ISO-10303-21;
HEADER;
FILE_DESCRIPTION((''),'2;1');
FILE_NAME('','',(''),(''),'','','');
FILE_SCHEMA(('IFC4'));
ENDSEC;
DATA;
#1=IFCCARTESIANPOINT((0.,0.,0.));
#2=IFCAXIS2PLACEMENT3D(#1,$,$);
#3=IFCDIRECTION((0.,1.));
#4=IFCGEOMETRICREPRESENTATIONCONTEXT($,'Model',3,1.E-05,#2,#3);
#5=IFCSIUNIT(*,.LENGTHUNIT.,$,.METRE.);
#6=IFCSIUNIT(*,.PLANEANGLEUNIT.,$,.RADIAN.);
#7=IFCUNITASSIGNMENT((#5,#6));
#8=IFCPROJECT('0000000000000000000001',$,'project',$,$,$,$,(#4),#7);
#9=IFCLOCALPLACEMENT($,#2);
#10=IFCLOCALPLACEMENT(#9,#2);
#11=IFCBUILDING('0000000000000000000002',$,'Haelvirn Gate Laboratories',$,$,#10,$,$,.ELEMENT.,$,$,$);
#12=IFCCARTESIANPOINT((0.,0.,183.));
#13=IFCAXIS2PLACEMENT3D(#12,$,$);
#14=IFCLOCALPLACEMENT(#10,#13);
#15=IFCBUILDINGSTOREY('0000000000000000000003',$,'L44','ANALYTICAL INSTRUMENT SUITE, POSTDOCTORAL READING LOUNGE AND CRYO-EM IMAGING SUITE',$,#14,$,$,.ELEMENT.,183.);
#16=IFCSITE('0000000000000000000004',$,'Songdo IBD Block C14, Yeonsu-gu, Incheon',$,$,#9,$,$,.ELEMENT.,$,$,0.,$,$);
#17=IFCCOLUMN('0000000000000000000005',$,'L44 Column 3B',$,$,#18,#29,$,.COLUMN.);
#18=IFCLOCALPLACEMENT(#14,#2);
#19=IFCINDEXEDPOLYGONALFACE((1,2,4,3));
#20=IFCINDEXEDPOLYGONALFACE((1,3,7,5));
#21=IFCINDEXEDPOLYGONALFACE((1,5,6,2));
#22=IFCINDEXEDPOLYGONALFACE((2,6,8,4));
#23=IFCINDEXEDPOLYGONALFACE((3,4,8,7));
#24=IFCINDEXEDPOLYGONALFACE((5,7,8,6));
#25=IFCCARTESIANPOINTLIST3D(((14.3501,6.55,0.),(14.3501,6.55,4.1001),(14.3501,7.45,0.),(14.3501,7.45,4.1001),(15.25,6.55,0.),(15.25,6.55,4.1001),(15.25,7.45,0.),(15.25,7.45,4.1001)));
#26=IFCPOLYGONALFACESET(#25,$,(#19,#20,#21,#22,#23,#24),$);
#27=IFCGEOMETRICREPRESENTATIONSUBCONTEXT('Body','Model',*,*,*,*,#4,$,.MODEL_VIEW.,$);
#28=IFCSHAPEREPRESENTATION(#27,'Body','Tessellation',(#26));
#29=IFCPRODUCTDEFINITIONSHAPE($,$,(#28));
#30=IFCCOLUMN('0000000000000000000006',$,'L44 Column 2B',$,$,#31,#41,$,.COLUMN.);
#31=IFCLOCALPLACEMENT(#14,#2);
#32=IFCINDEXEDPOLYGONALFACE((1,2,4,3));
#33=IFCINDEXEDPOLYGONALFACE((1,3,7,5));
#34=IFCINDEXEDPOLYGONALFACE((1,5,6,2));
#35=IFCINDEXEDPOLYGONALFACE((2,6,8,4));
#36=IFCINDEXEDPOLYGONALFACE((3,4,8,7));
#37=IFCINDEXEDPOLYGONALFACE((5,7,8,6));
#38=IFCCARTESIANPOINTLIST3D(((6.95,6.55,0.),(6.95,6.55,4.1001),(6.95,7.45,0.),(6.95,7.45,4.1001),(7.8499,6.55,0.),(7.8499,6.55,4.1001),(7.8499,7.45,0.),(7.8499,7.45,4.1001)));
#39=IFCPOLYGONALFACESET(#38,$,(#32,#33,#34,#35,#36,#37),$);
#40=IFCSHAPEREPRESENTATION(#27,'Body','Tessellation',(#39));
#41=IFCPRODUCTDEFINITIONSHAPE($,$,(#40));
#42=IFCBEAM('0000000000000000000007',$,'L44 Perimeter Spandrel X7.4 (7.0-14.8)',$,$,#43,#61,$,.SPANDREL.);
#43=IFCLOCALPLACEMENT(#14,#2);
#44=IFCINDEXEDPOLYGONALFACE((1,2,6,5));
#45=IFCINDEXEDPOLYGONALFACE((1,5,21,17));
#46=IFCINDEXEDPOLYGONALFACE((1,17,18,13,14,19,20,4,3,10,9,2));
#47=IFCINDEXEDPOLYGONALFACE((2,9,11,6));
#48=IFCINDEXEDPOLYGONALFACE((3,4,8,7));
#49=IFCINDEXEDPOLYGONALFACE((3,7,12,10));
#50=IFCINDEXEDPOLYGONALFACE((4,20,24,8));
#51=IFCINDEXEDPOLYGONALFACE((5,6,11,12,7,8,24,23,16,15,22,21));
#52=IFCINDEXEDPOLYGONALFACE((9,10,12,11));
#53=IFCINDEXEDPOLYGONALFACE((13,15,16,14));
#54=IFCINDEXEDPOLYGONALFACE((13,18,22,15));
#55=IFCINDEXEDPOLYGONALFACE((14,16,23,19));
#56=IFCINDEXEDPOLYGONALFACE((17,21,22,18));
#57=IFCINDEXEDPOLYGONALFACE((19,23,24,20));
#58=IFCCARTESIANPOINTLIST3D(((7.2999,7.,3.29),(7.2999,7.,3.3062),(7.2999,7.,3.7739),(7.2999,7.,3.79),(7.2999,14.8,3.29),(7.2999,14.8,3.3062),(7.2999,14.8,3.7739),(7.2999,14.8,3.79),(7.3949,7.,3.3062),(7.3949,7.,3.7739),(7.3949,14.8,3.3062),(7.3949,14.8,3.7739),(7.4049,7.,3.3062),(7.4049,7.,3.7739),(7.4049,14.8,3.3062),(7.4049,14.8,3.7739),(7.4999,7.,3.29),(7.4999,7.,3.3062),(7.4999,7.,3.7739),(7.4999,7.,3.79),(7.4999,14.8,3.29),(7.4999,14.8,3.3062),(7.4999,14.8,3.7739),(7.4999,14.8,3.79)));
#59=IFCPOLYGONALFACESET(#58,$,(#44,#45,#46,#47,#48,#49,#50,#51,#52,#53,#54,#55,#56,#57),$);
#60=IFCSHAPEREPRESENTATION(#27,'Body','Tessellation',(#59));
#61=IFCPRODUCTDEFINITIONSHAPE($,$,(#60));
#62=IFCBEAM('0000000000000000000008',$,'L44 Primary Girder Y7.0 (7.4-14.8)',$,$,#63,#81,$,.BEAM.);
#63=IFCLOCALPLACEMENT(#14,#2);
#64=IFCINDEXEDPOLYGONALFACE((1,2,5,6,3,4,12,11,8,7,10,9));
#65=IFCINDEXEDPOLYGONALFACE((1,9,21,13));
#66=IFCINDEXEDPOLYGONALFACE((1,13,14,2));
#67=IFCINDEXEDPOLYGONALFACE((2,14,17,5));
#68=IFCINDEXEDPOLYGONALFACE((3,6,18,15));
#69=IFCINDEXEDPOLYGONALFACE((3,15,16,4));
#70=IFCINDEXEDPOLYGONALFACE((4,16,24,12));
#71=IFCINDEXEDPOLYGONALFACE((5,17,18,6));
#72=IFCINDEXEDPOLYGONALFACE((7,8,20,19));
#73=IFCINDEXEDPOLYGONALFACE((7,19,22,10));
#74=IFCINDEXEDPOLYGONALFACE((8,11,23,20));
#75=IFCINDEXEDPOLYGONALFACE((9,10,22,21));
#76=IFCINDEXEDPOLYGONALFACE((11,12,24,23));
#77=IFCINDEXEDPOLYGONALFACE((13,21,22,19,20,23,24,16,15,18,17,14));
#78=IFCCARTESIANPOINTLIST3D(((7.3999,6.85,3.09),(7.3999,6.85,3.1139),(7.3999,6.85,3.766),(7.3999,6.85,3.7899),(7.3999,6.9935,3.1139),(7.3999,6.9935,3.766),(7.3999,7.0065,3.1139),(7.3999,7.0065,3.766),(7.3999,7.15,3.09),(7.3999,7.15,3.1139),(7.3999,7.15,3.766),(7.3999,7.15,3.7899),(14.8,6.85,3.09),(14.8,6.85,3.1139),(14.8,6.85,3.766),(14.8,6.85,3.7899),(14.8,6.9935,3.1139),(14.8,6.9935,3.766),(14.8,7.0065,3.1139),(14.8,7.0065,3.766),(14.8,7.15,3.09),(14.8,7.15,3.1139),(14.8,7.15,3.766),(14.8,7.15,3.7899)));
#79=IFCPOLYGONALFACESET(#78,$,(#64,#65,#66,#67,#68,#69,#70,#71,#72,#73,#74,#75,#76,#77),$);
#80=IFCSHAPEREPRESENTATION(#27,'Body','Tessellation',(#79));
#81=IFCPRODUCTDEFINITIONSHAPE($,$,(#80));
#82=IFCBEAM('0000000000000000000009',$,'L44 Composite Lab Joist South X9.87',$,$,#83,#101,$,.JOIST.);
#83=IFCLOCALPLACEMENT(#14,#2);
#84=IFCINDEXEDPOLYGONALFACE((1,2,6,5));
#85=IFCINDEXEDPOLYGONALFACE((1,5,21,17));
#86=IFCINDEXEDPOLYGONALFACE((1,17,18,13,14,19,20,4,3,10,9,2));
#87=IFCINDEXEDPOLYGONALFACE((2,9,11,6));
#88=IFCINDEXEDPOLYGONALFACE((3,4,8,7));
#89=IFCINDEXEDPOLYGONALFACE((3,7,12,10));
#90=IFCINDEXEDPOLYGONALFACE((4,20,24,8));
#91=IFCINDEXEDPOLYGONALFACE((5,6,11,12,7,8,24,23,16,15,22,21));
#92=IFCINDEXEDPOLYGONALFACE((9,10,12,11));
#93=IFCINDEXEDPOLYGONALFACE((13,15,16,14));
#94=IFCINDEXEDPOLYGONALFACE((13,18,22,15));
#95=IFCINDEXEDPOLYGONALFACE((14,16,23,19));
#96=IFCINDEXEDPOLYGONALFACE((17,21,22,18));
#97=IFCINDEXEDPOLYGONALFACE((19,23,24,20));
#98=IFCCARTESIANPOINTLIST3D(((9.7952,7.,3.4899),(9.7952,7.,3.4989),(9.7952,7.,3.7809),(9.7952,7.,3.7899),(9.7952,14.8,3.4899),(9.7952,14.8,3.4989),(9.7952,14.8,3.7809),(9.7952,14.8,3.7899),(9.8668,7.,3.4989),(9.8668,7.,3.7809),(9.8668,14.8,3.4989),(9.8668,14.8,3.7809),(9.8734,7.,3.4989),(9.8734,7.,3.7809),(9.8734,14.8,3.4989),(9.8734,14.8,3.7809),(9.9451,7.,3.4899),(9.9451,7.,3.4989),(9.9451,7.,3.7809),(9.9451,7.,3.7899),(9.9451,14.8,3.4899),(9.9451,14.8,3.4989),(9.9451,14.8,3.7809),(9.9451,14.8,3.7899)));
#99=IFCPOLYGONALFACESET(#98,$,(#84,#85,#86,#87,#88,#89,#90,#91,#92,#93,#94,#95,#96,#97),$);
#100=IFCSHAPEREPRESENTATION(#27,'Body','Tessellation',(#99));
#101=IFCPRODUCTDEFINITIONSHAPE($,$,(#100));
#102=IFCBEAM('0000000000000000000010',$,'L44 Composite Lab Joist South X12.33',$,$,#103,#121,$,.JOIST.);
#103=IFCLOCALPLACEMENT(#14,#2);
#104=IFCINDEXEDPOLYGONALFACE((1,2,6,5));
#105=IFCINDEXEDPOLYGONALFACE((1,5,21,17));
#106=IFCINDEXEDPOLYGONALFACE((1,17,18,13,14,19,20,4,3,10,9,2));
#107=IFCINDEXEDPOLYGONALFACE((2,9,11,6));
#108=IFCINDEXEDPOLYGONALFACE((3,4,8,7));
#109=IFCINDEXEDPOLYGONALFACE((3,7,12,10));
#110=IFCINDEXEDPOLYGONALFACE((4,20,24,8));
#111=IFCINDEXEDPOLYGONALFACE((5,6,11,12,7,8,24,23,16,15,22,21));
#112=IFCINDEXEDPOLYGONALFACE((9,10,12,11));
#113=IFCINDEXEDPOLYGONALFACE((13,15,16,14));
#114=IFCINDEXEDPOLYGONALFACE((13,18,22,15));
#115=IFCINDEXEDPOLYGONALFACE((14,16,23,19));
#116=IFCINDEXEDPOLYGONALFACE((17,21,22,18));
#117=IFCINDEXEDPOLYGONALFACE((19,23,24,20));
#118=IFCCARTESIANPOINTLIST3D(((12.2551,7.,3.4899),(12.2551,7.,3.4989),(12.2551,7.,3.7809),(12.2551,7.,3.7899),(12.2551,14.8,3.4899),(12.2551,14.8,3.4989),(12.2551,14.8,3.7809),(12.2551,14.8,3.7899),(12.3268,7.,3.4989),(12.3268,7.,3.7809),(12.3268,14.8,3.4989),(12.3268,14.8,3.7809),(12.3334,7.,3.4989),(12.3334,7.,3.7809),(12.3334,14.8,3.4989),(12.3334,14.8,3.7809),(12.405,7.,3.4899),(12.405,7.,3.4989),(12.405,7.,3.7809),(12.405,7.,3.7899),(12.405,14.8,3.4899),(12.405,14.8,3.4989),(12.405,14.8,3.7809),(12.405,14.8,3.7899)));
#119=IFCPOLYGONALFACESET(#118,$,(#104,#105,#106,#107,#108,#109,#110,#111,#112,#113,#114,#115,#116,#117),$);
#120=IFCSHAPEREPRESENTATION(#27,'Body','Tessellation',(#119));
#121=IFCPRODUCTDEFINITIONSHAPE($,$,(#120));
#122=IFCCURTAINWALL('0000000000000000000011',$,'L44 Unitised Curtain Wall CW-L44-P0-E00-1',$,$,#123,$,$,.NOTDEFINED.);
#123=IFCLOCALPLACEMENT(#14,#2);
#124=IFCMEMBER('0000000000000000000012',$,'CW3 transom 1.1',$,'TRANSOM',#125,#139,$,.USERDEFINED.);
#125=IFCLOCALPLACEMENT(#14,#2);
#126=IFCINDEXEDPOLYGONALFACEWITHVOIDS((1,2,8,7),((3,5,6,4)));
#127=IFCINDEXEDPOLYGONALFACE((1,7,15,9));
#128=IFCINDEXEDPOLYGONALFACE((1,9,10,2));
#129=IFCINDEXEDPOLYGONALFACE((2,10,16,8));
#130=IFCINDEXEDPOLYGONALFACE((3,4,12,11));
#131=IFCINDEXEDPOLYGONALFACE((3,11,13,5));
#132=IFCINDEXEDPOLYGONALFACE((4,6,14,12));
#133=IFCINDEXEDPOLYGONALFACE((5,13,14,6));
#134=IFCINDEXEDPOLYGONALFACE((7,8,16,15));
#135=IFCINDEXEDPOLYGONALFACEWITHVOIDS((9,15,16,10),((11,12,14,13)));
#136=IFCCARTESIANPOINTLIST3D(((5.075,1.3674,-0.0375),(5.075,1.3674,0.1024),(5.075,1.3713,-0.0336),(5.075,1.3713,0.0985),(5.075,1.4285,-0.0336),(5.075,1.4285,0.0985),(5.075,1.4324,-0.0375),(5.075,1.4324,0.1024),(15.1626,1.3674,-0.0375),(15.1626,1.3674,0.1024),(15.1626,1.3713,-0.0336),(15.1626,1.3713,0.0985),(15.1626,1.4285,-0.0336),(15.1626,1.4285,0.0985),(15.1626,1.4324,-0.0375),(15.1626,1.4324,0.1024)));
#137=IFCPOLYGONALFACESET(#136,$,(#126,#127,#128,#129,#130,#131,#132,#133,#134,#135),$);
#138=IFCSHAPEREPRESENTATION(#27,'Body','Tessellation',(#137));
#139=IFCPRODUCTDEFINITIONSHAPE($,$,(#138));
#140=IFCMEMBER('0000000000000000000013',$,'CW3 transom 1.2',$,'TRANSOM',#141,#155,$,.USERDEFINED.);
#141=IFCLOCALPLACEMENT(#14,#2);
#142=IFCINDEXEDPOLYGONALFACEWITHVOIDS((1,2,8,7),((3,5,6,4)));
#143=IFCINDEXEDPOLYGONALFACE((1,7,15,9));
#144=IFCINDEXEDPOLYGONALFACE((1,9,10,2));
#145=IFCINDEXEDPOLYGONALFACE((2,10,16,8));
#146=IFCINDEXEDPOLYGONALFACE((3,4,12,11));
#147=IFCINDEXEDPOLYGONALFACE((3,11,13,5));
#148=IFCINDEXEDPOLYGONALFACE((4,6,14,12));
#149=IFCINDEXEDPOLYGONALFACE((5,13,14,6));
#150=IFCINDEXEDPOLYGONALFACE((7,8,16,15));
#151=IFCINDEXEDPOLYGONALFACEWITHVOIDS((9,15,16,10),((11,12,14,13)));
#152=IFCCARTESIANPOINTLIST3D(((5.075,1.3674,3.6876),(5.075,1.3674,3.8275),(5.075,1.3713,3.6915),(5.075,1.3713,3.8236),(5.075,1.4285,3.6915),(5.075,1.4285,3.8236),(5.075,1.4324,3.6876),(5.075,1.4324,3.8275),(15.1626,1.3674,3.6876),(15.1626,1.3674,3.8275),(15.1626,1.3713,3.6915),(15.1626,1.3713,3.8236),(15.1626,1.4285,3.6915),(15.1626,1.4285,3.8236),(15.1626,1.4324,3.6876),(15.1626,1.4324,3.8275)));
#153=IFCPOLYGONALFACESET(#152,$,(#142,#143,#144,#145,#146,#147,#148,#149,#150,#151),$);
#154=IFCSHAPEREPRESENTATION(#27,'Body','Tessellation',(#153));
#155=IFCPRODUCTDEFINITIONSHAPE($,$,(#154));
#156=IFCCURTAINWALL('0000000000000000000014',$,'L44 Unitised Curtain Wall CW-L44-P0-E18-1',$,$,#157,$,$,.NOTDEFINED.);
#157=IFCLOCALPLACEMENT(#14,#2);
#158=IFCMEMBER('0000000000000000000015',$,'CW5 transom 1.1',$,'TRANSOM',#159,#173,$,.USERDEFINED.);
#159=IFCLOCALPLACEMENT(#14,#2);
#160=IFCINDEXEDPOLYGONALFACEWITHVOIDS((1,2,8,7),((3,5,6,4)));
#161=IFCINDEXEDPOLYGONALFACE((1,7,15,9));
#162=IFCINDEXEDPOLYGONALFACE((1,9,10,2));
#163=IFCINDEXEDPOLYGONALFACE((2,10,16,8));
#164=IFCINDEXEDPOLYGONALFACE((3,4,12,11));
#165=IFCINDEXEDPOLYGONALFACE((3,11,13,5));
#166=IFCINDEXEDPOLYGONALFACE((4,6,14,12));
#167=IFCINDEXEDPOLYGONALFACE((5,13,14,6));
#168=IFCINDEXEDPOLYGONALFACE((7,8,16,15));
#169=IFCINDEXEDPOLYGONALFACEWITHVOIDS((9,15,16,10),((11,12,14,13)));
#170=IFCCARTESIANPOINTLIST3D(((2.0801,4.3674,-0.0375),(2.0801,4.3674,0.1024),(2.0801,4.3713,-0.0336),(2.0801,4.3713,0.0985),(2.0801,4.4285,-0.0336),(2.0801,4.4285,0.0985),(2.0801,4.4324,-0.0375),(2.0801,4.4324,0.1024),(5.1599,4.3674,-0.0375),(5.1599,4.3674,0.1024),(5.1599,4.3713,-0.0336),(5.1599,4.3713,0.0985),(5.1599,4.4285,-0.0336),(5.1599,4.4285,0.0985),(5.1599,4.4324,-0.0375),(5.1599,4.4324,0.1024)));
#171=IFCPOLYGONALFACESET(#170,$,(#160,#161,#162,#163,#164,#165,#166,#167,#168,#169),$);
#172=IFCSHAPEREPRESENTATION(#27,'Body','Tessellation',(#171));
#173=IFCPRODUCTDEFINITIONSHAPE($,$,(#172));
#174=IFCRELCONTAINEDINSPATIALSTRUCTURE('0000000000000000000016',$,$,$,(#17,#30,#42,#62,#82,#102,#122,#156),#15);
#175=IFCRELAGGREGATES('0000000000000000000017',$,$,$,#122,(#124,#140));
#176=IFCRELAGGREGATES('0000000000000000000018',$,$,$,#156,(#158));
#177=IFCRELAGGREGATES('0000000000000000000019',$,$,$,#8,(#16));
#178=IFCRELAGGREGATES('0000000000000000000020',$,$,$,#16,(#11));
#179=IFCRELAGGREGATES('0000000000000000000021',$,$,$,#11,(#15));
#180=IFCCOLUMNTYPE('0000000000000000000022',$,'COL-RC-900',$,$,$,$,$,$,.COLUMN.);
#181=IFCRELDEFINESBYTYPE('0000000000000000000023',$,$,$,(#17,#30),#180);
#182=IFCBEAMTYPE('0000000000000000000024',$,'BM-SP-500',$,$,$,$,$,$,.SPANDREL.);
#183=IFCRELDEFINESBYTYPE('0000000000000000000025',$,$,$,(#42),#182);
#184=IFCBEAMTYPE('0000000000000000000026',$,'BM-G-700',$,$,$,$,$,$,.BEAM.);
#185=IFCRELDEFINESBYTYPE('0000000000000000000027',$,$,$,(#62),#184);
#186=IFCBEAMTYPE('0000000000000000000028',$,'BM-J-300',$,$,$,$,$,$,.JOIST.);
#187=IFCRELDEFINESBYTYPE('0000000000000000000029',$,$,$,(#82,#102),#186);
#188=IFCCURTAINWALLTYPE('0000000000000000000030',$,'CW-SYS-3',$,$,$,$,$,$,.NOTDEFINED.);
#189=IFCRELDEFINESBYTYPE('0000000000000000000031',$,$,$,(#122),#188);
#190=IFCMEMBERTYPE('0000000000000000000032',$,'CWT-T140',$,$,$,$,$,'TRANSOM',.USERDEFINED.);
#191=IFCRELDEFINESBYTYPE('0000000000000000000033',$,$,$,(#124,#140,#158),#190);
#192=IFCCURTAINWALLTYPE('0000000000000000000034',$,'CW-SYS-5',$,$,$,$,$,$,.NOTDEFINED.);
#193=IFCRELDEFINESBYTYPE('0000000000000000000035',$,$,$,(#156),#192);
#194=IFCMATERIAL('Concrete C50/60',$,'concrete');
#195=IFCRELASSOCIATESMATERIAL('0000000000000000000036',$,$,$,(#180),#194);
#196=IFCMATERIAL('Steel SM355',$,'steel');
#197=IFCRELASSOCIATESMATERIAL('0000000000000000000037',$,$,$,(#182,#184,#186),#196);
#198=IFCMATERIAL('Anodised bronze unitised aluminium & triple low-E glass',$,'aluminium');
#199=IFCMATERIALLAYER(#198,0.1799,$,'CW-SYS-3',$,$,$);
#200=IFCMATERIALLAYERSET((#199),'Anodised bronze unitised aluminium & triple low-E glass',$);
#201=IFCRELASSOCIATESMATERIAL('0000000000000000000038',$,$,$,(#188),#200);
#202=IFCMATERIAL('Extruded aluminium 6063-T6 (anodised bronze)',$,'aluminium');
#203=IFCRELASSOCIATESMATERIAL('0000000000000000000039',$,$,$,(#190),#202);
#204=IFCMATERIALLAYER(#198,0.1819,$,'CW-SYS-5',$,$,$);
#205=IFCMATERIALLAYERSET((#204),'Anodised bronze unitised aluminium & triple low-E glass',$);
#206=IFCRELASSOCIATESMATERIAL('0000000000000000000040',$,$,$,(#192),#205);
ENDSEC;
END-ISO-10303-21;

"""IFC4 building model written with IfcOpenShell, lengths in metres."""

from ifc_helpers import new_model, si_unit, direction, frame, origin, origin_2d, place, context, subcontext, project, spatial, rectangle, hollow_rectangle, i_section, extrude, source, transform, mapped, material, layer, layer_set, material_profile, profile_set, type_object, type_shapes, element, aggregate, save


model = new_model("IFC4")

# Units and contexts
model_context = context("Model", 3, precision=1e-05, world=origin(), true_north=direction((0.0, 1.0)))
body_context = subcontext(model_context, "Body", "Model", "MODEL_VIEW")
ifc_project = project(units=[si_unit("LENGTHUNIT", "METRE"), si_unit("PLANEANGLEUNIT", "RADIAN")], contexts=[model_context])

# Site, building, storey
site_placement = place(None, origin())
site = spatial("IfcSite", under=ifc_project, at=site_placement, Name="Songdo IBD Block C14, Yeonsu-gu, Incheon", CompositionType="ELEMENT", RefElevation=0.0)
building_placement = place(site_placement, origin())
building = spatial("IfcBuilding", under=site, at=building_placement, Name="Haelvirn Gate Laboratories", CompositionType="ELEMENT")
storey_placement = place(building_placement, frame((0.0, 0.0, 183.0)))
storey = spatial("IfcBuildingStorey", under=building, at=storey_placement, Name="L44", Description="ANALYTICAL INSTRUMENT SUITE, POSTDOCTORAL READING LOUNGE AND CRYO-EM IMAGING SUITE", CompositionType="ELEMENT", Elevation=183.0)

# Columns
ifc_material_1 = material(Name="Concrete C50/60", Category="concrete")
ifc_material_profile_1 = material_profile(ifc_material_1, rectangle(XDim=0.8999, YDim=0.8999, at=origin_2d()), Name="RC-900x900")
ifc_profile_set_1 = profile_set([ifc_material_profile_1], Name="Concrete C50/60")
column_type = type_object("IfcColumnType", Name="COL-RC-900", PredefinedType="COLUMN", material=ifc_profile_set_1)
shared_shape_1 = source(origin(), body_context, "Body", "SweptSolid", [
    extrude(rectangle(XDim=0.8999, YDim=0.8999, at=origin_2d()), origin(), (0.0, 0.0, 1.0), 4.1001),
])
type_shapes(column_type, [shared_shape_1])
for number, where, z_axis, x_axis, name in (
    (1, (14.8, 7.0, 0.0), (0.0, 0.0, 1.0), (1.0, 0.0, 0.0), "L44 Column 3B"),
    (2, (7.3999, 7.0, 0.0), (0.0, 0.0, 1.0), (1.0, 0.0, 0.0), "L44 Column 2B"),
):
    element("IfcColumn", number, at=place(storey_placement, frame(where, z_axis=z_axis, x_axis=x_axis)), inside=storey, type_object=column_type, Name=name, PredefinedType="COLUMN", context=body_context, shape_type="MappedRepresentation", body=[
        mapped(shared_shape_1, transform((0.0, 0.0, 0.0), scale=1.0)),
    ])

# Beams
ifc_material_2 = material(Name="Steel SM355", Category="steel")
ifc_material_profile_2 = material_profile(ifc_material_2, i_section(OverallWidth=0.2, OverallDepth=0.5, WebThickness=0.01, FlangeThickness=0.0161, at=origin_2d()), Name="H-500x200x10x16")
ifc_profile_set_2 = profile_set([ifc_material_profile_2], Name="Steel SM355")
beam_type_1 = type_object("IfcBeamType", Name="BM-SP-500", PredefinedType="SPANDREL", material=ifc_profile_set_2)
shared_shape_2 = source(origin(), body_context, "Body", "SweptSolid", [
    extrude(i_section(OverallWidth=0.2, OverallDepth=0.5, WebThickness=0.01, FlangeThickness=0.0161, at=origin_2d()), origin(), (0.0, 0.0, 1.0), 7.8),
])
type_shapes(beam_type_1, [shared_shape_2])
beam_1_placement = place(storey_placement, frame((7.3999, 7.0, 3.54), z_axis=(0.0, 1.0, 0.0), x_axis=(-1.0, 0.0, 0.0)))
element("IfcBeam", 3, at=beam_1_placement, inside=storey, type_object=beam_type_1, Name="L44 Perimeter Spandrel X7.4 (7.0-14.8)", PredefinedType="SPANDREL", context=body_context, shape_type="MappedRepresentation", body=[
    mapped(shared_shape_2, transform((0.0, 0.0, 0.0), scale=1.0)),
])
ifc_material_profile_3 = material_profile(ifc_material_2, i_section(OverallWidth=0.3, OverallDepth=0.7, WebThickness=0.0129, FlangeThickness=0.0239, at=origin_2d()), Name="H-700x300x13x24")
ifc_profile_set_3 = profile_set([ifc_material_profile_3], Name="Steel SM355")
beam_type_2 = type_object("IfcBeamType", Name="BM-G-700", PredefinedType="BEAM", material=ifc_profile_set_3)
shared_shape_3 = source(origin(), body_context, "Body", "SweptSolid", [
    extrude(i_section(OverallWidth=0.3, OverallDepth=0.7, WebThickness=0.0129, FlangeThickness=0.0239, at=origin_2d()), origin(), (0.0, 0.0, 1.0), 7.4001),
])
type_shapes(beam_type_2, [shared_shape_3])
beam_2_placement = place(storey_placement, frame((7.3999, 7.0, 3.4399), z_axis=(1.0, 0.0, 0.0), x_axis=(0.0, 1.0, 0.0)))
element("IfcBeam", 4, at=beam_2_placement, inside=storey, type_object=beam_type_2, Name="L44 Primary Girder Y7.0 (7.4-14.8)", PredefinedType="BEAM", context=body_context, shape_type="MappedRepresentation", body=[
    mapped(shared_shape_3, transform((0.0, 0.0, 0.0), scale=1.0)),
])
ifc_material_profile_4 = material_profile(ifc_material_2, i_section(OverallWidth=0.1499, OverallDepth=0.3, WebThickness=0.0066, FlangeThickness=0.009, at=origin_2d()), Name="H-300x150x6.5x9")
ifc_profile_set_4 = profile_set([ifc_material_profile_4], Name="Steel SM355")
beam_type_3 = type_object("IfcBeamType", Name="BM-J-300", PredefinedType="JOIST", material=ifc_profile_set_4)
shared_shape_4 = source(origin(), body_context, "Body", "SweptSolid", [
    extrude(i_section(OverallWidth=0.1499, OverallDepth=0.3, WebThickness=0.0066, FlangeThickness=0.009, at=origin_2d()), origin(), (0.0, 0.0, 1.0), 7.8),
])
type_shapes(beam_type_3, [shared_shape_4])
for number, where, z_axis, x_axis, name in (
    (5, (9.8701, 7.0, 3.6399), (0.0, 1.0, 0.0), (-1.0, 0.0, 0.0), "L44 Composite Lab Joist South X9.87"),
    (6, (12.3301, 7.0, 3.6399), (0.0, 1.0, 0.0), (-1.0, 0.0, 0.0), "L44 Composite Lab Joist South X12.33"),
):
    element("IfcBeam", number, at=place(storey_placement, frame(where, z_axis=z_axis, x_axis=x_axis)), inside=storey, type_object=beam_type_3, Name=name, PredefinedType="JOIST", context=body_context, shape_type="MappedRepresentation", body=[
        mapped(shared_shape_4, transform((0.0, 0.0, 0.0), scale=1.0)),
    ])

# Curtain walls, members
ifc_material_3 = material(Name="Anodised bronze unitised aluminium & triple low-E glass", Category="aluminium")
ifc_layer_1 = layer(ifc_material_3, 0.1799, Name="CW-SYS-3")
ifc_layer_set_1 = layer_set([ifc_layer_1], Name="Anodised bronze unitised aluminium & triple low-E glass")
curtain_wall_type_1 = type_object("IfcCurtainWallType", Name="CW-SYS-3", PredefinedType="NOTDEFINED", material=ifc_layer_set_1)
curtain_wall_1_placement = place(storey_placement, origin())
curtain_wall_1 = element("IfcCurtainWall", 7, at=curtain_wall_1_placement, inside=storey, type_object=curtain_wall_type_1, Name="L44 Unitised Curtain Wall CW-L44-P0-E00-1", PredefinedType="NOTDEFINED")
ifc_material_4 = material(Name="Extruded aluminium 6063-T6 (anodised bronze)", Category="aluminium")
ifc_material_profile_5 = material_profile(ifc_material_4, hollow_rectangle(XDim=0.0649, YDim=0.1399, WallThickness=0.0039, at=origin_2d()), Name="CWT-140x65x4")
ifc_profile_set_5 = profile_set([ifc_material_profile_5], Name="Extruded aluminium 6063-T6 (anodised bronze)")
member_type_1 = type_object("IfcMemberType", Name="CWT-T140", ElementType="TRANSOM", PredefinedType="USERDEFINED", material=ifc_profile_set_5)
shared_shape_5 = source(origin(), body_context, "Body", "SweptSolid", [
    extrude(hollow_rectangle(XDim=0.0649, YDim=0.1399, WallThickness=0.0039, at=origin_2d()), origin(), (0.0, 0.0, 1.0), 10.0876),
])
member_1_placement = place(storey_placement, frame((5.075, 1.3999, 0.0325), z_axis=(1.0, 0.0, 0.0), x_axis=(0.0, 1.0, 0.0)))
member_1 = element("IfcMember", 8, at=member_1_placement, type_object=member_type_1, Name="CW3 transom 1.1", ObjectType="TRANSOM", PredefinedType="USERDEFINED", context=body_context, shape_type="MappedRepresentation", body=[
    mapped(shared_shape_5, transform((0.0, 0.0, 0.0), scale=1.0)),
])
member_2_placement = place(storey_placement, frame((5.075, 1.3999, 3.7576), z_axis=(1.0, 0.0, 0.0), x_axis=(0.0, 1.0, 0.0)))
member_2 = element("IfcMember", 9, at=member_2_placement, type_object=member_type_1, Name="CW3 transom 1.2", ObjectType="TRANSOM", PredefinedType="USERDEFINED", context=body_context, shape_type="MappedRepresentation", body=[
    mapped(shared_shape_5, transform((0.0, 0.0, 0.0), scale=1.0)),
])
ifc_layer_2 = layer(ifc_material_3, 0.1819, Name="CW-SYS-5")
ifc_layer_set_2 = layer_set([ifc_layer_2], Name="Anodised bronze unitised aluminium & triple low-E glass")
curtain_wall_type_2 = type_object("IfcCurtainWallType", Name="CW-SYS-5", PredefinedType="NOTDEFINED", material=ifc_layer_set_2)
curtain_wall_2_placement = place(storey_placement, origin())
curtain_wall_2 = element("IfcCurtainWall", 10, at=curtain_wall_2_placement, inside=storey, type_object=curtain_wall_type_2, Name="L44 Unitised Curtain Wall CW-L44-P0-E18-1", PredefinedType="NOTDEFINED")
shared_shape_6 = source(origin(), body_context, "Body", "SweptSolid", [
    extrude(hollow_rectangle(XDim=0.0649, YDim=0.1399, WallThickness=0.0039, at=origin_2d()), origin(), (0.0, 0.0, 1.0), 3.0798),
])
type_shapes(member_type_1, [shared_shape_5, shared_shape_6])
member_3_placement = place(storey_placement, frame((2.0801, 4.3999, 0.0325), z_axis=(1.0, 0.0, 0.0), x_axis=(0.0, 1.0, 0.0)))
member_3 = element("IfcMember", 11, at=member_3_placement, type_object=member_type_1, Name="CW5 transom 1.1", ObjectType="TRANSOM", PredefinedType="USERDEFINED", context=body_context, shape_type="MappedRepresentation", body=[
    mapped(shared_shape_6, transform((0.0, 0.0, 0.0), scale=1.0)),
])

aggregate(curtain_wall_1, [member_1, member_2])
aggregate(curtain_wall_2, [member_3])

save(model, "model.ifc")
